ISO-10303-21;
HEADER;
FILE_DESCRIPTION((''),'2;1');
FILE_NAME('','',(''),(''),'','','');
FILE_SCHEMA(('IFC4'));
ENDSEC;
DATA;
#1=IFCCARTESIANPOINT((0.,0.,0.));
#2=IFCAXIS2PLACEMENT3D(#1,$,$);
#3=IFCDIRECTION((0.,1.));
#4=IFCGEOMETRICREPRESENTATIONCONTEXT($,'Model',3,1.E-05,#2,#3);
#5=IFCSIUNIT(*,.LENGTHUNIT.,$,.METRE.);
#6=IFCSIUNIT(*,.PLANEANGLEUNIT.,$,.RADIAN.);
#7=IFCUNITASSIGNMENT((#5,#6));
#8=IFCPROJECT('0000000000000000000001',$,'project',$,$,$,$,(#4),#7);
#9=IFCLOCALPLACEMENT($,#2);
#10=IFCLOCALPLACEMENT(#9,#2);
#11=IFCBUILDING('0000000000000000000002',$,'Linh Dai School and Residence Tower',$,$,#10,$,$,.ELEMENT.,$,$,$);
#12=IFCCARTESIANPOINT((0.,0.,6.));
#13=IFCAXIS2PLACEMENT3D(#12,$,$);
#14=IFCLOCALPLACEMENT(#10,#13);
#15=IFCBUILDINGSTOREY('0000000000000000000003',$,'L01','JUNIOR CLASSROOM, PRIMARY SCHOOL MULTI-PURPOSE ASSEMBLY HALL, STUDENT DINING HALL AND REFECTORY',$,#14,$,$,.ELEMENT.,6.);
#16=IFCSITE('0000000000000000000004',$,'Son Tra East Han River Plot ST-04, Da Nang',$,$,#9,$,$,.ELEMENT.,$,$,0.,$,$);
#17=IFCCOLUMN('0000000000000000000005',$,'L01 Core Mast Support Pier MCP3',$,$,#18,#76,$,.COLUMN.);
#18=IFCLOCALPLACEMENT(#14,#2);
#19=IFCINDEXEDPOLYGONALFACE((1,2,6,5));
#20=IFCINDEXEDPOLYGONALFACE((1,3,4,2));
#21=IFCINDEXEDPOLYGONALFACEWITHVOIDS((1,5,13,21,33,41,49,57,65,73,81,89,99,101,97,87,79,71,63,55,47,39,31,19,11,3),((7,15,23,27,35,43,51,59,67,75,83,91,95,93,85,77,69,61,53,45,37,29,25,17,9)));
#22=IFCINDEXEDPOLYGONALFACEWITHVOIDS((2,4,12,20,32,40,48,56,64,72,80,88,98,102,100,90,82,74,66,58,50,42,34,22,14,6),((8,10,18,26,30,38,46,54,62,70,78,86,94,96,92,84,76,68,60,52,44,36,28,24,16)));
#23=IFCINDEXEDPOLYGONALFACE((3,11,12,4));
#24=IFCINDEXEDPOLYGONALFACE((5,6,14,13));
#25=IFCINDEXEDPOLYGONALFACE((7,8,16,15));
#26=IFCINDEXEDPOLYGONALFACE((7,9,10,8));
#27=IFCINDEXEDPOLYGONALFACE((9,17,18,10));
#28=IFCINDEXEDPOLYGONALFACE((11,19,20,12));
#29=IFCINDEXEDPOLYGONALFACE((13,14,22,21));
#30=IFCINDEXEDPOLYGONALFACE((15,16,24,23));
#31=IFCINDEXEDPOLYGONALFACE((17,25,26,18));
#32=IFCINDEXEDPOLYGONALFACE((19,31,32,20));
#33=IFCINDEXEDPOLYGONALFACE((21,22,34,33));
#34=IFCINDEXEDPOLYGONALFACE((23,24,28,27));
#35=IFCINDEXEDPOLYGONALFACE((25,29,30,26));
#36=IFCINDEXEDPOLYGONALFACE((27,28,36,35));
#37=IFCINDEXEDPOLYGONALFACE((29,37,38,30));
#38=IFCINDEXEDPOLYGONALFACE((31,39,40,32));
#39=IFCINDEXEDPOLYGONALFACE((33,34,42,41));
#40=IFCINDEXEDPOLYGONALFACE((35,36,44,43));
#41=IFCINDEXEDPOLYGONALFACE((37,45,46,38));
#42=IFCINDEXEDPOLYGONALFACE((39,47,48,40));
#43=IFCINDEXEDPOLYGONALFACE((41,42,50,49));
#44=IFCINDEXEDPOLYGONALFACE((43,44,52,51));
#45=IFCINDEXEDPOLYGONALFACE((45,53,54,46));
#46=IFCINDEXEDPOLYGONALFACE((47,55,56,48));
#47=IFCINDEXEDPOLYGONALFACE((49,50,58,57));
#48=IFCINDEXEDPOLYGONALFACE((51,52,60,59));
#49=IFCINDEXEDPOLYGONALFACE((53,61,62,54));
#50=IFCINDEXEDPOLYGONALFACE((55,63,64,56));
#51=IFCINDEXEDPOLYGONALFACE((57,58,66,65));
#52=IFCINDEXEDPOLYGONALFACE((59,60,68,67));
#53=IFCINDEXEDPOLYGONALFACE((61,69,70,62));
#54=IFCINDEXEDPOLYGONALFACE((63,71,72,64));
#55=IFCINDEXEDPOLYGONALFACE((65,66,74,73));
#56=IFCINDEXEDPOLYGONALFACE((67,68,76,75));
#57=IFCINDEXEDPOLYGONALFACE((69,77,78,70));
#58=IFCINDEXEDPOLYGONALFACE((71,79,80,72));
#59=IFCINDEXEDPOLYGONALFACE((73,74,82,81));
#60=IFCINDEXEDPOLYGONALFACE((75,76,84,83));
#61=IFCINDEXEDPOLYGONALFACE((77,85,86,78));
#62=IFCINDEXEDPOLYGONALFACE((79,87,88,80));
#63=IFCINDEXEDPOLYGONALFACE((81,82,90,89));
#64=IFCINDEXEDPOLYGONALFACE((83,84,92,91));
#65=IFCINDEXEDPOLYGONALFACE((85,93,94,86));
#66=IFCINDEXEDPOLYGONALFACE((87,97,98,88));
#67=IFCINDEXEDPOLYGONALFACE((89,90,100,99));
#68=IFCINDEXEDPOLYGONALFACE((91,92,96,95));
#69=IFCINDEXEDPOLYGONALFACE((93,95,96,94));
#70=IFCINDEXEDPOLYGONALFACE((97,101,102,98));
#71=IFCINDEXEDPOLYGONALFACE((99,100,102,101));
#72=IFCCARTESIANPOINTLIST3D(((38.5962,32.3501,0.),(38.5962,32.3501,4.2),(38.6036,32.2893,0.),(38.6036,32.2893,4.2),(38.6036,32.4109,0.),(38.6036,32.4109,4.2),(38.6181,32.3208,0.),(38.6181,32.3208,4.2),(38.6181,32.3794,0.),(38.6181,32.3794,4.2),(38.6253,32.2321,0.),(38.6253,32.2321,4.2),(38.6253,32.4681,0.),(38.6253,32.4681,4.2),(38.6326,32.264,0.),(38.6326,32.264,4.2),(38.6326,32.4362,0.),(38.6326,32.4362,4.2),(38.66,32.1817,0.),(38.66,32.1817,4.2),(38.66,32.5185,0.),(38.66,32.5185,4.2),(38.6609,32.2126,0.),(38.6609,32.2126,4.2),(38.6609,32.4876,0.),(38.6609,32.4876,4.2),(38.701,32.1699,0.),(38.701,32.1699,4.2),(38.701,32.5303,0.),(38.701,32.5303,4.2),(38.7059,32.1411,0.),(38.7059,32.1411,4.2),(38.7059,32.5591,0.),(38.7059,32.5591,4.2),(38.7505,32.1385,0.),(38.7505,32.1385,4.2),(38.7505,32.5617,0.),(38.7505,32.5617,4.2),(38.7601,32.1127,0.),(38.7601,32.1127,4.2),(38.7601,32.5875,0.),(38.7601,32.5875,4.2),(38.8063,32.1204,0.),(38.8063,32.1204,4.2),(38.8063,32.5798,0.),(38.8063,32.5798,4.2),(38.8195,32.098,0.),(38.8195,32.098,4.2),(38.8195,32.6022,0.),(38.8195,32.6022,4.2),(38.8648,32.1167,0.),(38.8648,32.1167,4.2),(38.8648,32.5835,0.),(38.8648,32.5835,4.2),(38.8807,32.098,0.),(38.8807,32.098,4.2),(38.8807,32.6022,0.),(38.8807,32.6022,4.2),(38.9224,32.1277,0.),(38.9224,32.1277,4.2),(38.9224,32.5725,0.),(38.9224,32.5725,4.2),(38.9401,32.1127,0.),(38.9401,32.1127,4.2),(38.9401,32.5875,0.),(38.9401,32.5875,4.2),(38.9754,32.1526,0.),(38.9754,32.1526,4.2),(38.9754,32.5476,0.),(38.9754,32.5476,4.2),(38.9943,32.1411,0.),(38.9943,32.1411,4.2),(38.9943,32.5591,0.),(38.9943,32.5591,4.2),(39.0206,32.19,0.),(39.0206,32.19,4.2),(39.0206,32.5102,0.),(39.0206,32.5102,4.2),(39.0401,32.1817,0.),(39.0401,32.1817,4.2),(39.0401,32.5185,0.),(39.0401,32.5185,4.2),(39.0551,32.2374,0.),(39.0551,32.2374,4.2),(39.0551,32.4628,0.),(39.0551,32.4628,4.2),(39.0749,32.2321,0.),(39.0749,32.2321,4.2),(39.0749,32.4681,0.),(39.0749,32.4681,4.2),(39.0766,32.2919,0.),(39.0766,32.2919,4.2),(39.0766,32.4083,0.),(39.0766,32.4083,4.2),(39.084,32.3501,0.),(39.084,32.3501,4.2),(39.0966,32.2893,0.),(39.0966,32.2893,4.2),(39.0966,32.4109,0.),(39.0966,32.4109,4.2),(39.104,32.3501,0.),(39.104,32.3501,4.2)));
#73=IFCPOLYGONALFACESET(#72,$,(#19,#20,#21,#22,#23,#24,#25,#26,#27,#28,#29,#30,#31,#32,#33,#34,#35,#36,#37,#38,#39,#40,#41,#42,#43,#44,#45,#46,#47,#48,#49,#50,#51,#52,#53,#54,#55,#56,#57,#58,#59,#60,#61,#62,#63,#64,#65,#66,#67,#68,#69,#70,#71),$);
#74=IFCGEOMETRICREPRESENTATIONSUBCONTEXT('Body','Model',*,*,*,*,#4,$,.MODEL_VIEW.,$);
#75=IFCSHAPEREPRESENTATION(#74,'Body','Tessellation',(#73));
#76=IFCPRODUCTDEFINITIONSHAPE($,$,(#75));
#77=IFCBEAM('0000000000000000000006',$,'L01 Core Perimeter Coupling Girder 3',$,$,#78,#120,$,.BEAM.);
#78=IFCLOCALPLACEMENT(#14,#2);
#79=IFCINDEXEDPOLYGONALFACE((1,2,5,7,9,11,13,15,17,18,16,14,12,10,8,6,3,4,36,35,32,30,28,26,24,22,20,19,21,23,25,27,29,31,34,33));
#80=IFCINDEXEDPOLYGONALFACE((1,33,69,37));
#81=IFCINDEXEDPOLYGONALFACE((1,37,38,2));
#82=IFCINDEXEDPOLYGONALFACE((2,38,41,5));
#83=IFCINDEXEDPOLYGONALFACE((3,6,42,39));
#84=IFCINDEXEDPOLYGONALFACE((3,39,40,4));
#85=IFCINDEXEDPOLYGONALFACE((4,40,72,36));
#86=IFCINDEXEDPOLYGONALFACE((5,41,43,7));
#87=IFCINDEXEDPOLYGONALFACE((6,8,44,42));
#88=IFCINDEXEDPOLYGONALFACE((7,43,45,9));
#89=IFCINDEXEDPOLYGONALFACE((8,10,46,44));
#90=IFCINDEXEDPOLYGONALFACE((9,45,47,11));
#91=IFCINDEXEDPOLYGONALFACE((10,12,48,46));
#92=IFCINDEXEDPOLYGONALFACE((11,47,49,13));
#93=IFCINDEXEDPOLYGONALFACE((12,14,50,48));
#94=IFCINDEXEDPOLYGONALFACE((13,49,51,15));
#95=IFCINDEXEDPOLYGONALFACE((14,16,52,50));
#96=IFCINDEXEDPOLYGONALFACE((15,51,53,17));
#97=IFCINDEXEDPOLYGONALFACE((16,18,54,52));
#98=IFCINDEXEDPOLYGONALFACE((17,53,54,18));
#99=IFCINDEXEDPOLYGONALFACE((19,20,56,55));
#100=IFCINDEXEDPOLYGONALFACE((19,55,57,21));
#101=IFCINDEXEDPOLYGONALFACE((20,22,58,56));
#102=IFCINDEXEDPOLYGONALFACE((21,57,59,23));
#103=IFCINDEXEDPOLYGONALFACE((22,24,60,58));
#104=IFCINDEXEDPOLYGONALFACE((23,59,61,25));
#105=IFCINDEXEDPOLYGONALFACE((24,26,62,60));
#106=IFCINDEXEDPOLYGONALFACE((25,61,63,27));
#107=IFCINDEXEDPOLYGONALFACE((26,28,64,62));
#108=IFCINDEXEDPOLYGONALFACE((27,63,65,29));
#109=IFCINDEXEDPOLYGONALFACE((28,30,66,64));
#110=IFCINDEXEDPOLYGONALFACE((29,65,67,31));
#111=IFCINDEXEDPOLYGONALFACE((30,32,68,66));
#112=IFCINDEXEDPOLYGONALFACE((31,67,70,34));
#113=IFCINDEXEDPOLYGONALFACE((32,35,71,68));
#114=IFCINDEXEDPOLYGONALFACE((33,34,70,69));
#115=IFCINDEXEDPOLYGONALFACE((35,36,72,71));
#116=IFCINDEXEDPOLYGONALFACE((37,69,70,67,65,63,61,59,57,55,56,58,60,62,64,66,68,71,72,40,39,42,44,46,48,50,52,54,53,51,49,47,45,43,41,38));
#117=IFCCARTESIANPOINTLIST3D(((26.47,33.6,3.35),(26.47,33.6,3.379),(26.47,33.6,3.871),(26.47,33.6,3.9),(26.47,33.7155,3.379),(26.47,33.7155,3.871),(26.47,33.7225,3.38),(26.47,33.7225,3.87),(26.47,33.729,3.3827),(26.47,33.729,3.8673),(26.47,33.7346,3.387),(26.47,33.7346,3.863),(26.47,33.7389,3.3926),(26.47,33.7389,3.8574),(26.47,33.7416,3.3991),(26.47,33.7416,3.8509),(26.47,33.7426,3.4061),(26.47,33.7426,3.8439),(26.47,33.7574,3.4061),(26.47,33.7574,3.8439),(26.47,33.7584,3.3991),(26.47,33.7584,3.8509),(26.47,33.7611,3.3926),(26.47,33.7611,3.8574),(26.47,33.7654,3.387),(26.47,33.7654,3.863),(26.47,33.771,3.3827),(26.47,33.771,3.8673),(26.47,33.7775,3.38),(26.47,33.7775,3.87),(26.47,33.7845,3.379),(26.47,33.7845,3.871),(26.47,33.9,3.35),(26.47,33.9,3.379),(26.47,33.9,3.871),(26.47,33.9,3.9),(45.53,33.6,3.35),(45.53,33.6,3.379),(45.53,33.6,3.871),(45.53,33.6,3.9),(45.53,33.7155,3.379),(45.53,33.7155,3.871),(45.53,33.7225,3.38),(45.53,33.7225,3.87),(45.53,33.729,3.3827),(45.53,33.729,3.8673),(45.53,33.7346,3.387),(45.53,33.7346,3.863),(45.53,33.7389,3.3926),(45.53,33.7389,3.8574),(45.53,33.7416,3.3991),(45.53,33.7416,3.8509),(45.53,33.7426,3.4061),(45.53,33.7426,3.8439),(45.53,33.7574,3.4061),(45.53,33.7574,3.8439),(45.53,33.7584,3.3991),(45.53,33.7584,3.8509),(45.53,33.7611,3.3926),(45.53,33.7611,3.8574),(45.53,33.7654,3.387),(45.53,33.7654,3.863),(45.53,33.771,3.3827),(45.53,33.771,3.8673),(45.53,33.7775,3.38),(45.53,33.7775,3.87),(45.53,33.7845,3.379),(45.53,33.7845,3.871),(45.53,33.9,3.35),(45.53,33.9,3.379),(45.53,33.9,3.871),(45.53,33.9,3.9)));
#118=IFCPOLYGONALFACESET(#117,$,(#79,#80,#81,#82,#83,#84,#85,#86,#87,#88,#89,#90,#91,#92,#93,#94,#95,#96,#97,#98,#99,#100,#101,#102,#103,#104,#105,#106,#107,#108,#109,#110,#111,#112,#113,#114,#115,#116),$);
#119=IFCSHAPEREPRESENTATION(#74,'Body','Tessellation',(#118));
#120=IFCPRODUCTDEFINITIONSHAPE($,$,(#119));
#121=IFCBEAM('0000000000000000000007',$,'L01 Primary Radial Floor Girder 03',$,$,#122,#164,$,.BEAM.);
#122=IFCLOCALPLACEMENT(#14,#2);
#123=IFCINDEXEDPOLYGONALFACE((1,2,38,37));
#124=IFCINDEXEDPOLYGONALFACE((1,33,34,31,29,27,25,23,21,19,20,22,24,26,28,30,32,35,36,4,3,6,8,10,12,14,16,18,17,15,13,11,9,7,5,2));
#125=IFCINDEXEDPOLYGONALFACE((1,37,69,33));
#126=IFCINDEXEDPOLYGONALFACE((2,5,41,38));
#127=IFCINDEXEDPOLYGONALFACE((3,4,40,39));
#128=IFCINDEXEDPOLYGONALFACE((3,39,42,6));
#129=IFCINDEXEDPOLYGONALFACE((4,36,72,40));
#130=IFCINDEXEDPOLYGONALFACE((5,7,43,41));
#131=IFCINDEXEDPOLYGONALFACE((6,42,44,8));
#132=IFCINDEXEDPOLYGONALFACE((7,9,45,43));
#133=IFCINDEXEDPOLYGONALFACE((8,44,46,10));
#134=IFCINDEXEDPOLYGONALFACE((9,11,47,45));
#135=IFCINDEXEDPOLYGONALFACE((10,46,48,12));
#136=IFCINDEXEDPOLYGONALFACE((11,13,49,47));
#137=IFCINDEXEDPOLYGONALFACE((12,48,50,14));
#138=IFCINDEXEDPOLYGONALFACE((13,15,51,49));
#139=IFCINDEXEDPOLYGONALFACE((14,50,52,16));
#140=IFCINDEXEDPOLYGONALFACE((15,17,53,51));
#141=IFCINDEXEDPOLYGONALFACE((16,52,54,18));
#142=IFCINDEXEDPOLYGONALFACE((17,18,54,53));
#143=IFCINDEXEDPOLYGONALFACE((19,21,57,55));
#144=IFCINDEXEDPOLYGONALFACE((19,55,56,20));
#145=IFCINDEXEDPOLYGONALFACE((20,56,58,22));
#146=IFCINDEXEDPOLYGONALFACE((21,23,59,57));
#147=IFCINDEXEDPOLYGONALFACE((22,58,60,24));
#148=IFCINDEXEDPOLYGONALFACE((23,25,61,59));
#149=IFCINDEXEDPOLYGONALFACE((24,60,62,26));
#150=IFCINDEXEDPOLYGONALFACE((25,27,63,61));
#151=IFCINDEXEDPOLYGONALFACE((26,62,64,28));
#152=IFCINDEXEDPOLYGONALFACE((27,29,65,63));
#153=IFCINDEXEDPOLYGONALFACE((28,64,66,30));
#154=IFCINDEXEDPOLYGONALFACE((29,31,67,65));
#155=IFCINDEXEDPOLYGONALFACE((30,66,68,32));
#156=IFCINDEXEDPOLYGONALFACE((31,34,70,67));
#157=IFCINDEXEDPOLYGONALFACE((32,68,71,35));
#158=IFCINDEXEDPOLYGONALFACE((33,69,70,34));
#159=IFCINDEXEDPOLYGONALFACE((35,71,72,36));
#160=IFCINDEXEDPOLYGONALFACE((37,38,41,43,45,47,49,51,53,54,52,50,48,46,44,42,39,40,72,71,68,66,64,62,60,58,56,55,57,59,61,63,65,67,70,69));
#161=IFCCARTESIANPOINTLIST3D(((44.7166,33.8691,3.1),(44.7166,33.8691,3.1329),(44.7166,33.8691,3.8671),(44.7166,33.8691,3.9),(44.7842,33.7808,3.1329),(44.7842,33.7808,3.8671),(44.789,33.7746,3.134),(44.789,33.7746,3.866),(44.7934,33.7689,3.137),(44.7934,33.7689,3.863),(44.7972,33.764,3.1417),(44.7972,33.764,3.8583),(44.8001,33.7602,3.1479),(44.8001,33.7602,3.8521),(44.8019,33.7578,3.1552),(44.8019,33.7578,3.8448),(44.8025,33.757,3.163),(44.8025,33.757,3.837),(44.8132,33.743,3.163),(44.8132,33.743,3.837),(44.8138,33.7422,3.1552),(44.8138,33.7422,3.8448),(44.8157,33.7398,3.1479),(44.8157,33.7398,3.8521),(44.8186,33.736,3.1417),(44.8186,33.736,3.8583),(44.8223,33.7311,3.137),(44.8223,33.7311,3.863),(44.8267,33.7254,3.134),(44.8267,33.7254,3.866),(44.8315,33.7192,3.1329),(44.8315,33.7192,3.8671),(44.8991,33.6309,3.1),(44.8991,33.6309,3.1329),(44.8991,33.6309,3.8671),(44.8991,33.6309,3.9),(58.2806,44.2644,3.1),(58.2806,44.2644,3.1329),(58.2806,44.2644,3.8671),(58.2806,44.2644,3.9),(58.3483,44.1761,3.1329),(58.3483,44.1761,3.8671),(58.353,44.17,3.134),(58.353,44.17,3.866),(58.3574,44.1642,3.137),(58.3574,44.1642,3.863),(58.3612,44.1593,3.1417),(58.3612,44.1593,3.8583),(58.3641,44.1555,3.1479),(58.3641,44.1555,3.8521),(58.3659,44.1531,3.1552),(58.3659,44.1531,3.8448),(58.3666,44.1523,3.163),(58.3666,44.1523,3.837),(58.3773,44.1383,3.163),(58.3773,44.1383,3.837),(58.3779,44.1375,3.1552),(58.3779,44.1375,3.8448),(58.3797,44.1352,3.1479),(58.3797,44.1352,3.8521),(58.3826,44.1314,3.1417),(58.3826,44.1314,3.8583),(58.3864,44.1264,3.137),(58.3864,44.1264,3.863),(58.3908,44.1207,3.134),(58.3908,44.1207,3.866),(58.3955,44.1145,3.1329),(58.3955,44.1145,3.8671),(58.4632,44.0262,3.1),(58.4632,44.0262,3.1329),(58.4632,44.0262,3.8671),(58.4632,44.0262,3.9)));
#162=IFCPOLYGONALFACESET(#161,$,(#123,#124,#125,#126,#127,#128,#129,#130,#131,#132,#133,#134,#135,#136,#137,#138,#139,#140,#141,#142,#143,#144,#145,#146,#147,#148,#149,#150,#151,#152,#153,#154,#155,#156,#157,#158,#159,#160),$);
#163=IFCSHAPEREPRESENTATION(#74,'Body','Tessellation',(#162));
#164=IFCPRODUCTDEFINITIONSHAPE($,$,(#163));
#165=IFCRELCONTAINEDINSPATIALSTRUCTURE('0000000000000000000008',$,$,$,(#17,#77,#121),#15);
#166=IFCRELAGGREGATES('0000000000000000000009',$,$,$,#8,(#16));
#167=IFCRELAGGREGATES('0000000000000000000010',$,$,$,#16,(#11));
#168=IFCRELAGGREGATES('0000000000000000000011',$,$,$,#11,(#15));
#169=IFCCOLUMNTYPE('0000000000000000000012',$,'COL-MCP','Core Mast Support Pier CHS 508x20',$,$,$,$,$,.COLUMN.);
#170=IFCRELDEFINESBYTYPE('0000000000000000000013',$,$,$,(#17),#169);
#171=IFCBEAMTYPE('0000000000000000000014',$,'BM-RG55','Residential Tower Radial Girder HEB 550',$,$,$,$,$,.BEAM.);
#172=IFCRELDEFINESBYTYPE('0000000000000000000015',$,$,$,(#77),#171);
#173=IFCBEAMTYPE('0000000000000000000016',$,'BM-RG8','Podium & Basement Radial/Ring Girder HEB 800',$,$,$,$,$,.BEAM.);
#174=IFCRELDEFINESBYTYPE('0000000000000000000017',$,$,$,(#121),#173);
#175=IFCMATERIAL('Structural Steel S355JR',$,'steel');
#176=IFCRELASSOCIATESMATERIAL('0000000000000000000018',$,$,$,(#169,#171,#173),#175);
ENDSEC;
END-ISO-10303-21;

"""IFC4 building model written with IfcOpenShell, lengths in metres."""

from ifc_helpers import new_model, si_unit, direction, frame, origin, origin_2d, place, context, subcontext, project, spatial, hollow_circle, i_section, extrude, material, material_profile, profile_set, type_object, element, save


model = new_model("IFC4")

# Units and contexts
model_context = context("Model", 3, precision=1e-05, world=origin(), true_north=direction((0.0, 1.0)))
body_context = subcontext(model_context, "Body", "Model", "MODEL_VIEW")
ifc_project = project(units=[si_unit("LENGTHUNIT", "METRE"), si_unit("PLANEANGLEUNIT", "RADIAN")], contexts=[model_context])

# Site, building, storey
site_placement = place(None, origin())
site = spatial("IfcSite", under=ifc_project, at=site_placement, Name="Son Tra East Han River Plot ST-04, Da Nang", CompositionType="ELEMENT", RefElevation=0.0)
building_placement = place(site_placement, origin())
building = spatial("IfcBuilding", under=site, at=building_placement, Name="Linh Dai School and Residence Tower", CompositionType="ELEMENT")
storey_placement = place(building_placement, frame((0.0, 0.0, 6.0)))
storey = spatial("IfcBuildingStorey", under=building, at=storey_placement, Name="L01", Description="JUNIOR CLASSROOM, PRIMARY SCHOOL MULTI-PURPOSE ASSEMBLY HALL, STUDENT DINING HALL AND REFECTORY", CompositionType="ELEMENT", Elevation=6.0)

# Column
ifc_material_1 = material(Name="Structural Steel S355JR", Category="steel")
ifc_material_profile_1 = material_profile(ifc_material_1, hollow_circle(Radius=0.2539, WallThickness=0.02, at=origin_2d()), Name="CHS 508x20")
ifc_profile_set_1 = profile_set([ifc_material_profile_1], Name="Structural Steel S355JR")
column_type = type_object("IfcColumnType", Name="COL-MCP", Description="Core Mast Support Pier CHS 508x20", PredefinedType="COLUMN", material=ifc_profile_set_1)
column_placement = place(storey_placement, frame((38.8501, 32.3501, 0.0), z_axis=(0.0, 0.0, 1.0), x_axis=(1.0, 0.0, 0.0)))
element("IfcColumn", 1, at=column_placement, inside=storey, type_object=column_type, Name="L01 Core Mast Support Pier MCP3", PredefinedType="COLUMN", context=body_context, shape_type="SweptSolid", body=[
    extrude(hollow_circle(Radius=0.2539, WallThickness=0.02, at=origin_2d()), origin(), (0.0, 0.0, 1.0), 4.2),
])

# Beams
ifc_material_profile_2 = material_profile(ifc_material_1, i_section(OverallWidth=0.3, OverallDepth=0.55, WebThickness=0.0149, FlangeThickness=0.0291, FilletRadius=0.0271, at=origin_2d()), Name="HEB 550")
ifc_profile_set_2 = profile_set([ifc_material_profile_2], Name="Structural Steel S355JR")
beam_type_1 = type_object("IfcBeamType", Name="BM-RG55", Description="Residential Tower Radial Girder HEB 550", PredefinedType="BEAM", material=ifc_profile_set_2)
beam_1_placement = place(storey_placement, frame((45.53, 33.75, 3.625), z_axis=(-1.0, 0.0, 0.0), x_axis=(0.0, -1.0, 0.0)))
element("IfcBeam", 2, at=beam_1_placement, inside=storey, type_object=beam_type_1, Name="L01 Core Perimeter Coupling Girder 3", PredefinedType="BEAM", context=body_context, shape_type="SweptSolid", body=[
    extrude(i_section(OverallWidth=0.3, OverallDepth=0.55, WebThickness=0.0149, FlangeThickness=0.0291, FilletRadius=0.0271, at=origin_2d()), origin(), (0.0, 0.0, 1.0), 19.0601),
])
ifc_material_profile_3 = material_profile(ifc_material_1, i_section(OverallWidth=0.3, OverallDepth=0.8, WebThickness=0.0176, FlangeThickness=0.033, FilletRadius=0.03, at=origin_2d()), Name="HEB 800")
ifc_profile_set_3 = profile_set([ifc_material_profile_3], Name="Structural Steel S355JR")
beam_type_2 = type_object("IfcBeamType", Name="BM-RG8", Description="Podium & Basement Radial/Ring Girder HEB 800", PredefinedType="BEAM", material=ifc_profile_set_3)
beam_2_placement = place(storey_placement, frame((44.8079, 33.75, 3.5), z_axis=(0.793713, 0.608292, 0.0), x_axis=(-0.608292, 0.793713, 0.0)))
element("IfcBeam", 3, at=beam_2_placement, inside=storey, type_object=beam_type_2, Name="L01 Primary Radial Floor Girder 03", PredefinedType="BEAM", context=body_context, shape_type="SweptSolid", body=[
    extrude(i_section(OverallWidth=0.3, OverallDepth=0.8, WebThickness=0.0176, FlangeThickness=0.033, FilletRadius=0.03, at=origin_2d()), origin(), (0.0, 0.0, 1.0), 17.0894),
])

save(model, "model.ifc")
